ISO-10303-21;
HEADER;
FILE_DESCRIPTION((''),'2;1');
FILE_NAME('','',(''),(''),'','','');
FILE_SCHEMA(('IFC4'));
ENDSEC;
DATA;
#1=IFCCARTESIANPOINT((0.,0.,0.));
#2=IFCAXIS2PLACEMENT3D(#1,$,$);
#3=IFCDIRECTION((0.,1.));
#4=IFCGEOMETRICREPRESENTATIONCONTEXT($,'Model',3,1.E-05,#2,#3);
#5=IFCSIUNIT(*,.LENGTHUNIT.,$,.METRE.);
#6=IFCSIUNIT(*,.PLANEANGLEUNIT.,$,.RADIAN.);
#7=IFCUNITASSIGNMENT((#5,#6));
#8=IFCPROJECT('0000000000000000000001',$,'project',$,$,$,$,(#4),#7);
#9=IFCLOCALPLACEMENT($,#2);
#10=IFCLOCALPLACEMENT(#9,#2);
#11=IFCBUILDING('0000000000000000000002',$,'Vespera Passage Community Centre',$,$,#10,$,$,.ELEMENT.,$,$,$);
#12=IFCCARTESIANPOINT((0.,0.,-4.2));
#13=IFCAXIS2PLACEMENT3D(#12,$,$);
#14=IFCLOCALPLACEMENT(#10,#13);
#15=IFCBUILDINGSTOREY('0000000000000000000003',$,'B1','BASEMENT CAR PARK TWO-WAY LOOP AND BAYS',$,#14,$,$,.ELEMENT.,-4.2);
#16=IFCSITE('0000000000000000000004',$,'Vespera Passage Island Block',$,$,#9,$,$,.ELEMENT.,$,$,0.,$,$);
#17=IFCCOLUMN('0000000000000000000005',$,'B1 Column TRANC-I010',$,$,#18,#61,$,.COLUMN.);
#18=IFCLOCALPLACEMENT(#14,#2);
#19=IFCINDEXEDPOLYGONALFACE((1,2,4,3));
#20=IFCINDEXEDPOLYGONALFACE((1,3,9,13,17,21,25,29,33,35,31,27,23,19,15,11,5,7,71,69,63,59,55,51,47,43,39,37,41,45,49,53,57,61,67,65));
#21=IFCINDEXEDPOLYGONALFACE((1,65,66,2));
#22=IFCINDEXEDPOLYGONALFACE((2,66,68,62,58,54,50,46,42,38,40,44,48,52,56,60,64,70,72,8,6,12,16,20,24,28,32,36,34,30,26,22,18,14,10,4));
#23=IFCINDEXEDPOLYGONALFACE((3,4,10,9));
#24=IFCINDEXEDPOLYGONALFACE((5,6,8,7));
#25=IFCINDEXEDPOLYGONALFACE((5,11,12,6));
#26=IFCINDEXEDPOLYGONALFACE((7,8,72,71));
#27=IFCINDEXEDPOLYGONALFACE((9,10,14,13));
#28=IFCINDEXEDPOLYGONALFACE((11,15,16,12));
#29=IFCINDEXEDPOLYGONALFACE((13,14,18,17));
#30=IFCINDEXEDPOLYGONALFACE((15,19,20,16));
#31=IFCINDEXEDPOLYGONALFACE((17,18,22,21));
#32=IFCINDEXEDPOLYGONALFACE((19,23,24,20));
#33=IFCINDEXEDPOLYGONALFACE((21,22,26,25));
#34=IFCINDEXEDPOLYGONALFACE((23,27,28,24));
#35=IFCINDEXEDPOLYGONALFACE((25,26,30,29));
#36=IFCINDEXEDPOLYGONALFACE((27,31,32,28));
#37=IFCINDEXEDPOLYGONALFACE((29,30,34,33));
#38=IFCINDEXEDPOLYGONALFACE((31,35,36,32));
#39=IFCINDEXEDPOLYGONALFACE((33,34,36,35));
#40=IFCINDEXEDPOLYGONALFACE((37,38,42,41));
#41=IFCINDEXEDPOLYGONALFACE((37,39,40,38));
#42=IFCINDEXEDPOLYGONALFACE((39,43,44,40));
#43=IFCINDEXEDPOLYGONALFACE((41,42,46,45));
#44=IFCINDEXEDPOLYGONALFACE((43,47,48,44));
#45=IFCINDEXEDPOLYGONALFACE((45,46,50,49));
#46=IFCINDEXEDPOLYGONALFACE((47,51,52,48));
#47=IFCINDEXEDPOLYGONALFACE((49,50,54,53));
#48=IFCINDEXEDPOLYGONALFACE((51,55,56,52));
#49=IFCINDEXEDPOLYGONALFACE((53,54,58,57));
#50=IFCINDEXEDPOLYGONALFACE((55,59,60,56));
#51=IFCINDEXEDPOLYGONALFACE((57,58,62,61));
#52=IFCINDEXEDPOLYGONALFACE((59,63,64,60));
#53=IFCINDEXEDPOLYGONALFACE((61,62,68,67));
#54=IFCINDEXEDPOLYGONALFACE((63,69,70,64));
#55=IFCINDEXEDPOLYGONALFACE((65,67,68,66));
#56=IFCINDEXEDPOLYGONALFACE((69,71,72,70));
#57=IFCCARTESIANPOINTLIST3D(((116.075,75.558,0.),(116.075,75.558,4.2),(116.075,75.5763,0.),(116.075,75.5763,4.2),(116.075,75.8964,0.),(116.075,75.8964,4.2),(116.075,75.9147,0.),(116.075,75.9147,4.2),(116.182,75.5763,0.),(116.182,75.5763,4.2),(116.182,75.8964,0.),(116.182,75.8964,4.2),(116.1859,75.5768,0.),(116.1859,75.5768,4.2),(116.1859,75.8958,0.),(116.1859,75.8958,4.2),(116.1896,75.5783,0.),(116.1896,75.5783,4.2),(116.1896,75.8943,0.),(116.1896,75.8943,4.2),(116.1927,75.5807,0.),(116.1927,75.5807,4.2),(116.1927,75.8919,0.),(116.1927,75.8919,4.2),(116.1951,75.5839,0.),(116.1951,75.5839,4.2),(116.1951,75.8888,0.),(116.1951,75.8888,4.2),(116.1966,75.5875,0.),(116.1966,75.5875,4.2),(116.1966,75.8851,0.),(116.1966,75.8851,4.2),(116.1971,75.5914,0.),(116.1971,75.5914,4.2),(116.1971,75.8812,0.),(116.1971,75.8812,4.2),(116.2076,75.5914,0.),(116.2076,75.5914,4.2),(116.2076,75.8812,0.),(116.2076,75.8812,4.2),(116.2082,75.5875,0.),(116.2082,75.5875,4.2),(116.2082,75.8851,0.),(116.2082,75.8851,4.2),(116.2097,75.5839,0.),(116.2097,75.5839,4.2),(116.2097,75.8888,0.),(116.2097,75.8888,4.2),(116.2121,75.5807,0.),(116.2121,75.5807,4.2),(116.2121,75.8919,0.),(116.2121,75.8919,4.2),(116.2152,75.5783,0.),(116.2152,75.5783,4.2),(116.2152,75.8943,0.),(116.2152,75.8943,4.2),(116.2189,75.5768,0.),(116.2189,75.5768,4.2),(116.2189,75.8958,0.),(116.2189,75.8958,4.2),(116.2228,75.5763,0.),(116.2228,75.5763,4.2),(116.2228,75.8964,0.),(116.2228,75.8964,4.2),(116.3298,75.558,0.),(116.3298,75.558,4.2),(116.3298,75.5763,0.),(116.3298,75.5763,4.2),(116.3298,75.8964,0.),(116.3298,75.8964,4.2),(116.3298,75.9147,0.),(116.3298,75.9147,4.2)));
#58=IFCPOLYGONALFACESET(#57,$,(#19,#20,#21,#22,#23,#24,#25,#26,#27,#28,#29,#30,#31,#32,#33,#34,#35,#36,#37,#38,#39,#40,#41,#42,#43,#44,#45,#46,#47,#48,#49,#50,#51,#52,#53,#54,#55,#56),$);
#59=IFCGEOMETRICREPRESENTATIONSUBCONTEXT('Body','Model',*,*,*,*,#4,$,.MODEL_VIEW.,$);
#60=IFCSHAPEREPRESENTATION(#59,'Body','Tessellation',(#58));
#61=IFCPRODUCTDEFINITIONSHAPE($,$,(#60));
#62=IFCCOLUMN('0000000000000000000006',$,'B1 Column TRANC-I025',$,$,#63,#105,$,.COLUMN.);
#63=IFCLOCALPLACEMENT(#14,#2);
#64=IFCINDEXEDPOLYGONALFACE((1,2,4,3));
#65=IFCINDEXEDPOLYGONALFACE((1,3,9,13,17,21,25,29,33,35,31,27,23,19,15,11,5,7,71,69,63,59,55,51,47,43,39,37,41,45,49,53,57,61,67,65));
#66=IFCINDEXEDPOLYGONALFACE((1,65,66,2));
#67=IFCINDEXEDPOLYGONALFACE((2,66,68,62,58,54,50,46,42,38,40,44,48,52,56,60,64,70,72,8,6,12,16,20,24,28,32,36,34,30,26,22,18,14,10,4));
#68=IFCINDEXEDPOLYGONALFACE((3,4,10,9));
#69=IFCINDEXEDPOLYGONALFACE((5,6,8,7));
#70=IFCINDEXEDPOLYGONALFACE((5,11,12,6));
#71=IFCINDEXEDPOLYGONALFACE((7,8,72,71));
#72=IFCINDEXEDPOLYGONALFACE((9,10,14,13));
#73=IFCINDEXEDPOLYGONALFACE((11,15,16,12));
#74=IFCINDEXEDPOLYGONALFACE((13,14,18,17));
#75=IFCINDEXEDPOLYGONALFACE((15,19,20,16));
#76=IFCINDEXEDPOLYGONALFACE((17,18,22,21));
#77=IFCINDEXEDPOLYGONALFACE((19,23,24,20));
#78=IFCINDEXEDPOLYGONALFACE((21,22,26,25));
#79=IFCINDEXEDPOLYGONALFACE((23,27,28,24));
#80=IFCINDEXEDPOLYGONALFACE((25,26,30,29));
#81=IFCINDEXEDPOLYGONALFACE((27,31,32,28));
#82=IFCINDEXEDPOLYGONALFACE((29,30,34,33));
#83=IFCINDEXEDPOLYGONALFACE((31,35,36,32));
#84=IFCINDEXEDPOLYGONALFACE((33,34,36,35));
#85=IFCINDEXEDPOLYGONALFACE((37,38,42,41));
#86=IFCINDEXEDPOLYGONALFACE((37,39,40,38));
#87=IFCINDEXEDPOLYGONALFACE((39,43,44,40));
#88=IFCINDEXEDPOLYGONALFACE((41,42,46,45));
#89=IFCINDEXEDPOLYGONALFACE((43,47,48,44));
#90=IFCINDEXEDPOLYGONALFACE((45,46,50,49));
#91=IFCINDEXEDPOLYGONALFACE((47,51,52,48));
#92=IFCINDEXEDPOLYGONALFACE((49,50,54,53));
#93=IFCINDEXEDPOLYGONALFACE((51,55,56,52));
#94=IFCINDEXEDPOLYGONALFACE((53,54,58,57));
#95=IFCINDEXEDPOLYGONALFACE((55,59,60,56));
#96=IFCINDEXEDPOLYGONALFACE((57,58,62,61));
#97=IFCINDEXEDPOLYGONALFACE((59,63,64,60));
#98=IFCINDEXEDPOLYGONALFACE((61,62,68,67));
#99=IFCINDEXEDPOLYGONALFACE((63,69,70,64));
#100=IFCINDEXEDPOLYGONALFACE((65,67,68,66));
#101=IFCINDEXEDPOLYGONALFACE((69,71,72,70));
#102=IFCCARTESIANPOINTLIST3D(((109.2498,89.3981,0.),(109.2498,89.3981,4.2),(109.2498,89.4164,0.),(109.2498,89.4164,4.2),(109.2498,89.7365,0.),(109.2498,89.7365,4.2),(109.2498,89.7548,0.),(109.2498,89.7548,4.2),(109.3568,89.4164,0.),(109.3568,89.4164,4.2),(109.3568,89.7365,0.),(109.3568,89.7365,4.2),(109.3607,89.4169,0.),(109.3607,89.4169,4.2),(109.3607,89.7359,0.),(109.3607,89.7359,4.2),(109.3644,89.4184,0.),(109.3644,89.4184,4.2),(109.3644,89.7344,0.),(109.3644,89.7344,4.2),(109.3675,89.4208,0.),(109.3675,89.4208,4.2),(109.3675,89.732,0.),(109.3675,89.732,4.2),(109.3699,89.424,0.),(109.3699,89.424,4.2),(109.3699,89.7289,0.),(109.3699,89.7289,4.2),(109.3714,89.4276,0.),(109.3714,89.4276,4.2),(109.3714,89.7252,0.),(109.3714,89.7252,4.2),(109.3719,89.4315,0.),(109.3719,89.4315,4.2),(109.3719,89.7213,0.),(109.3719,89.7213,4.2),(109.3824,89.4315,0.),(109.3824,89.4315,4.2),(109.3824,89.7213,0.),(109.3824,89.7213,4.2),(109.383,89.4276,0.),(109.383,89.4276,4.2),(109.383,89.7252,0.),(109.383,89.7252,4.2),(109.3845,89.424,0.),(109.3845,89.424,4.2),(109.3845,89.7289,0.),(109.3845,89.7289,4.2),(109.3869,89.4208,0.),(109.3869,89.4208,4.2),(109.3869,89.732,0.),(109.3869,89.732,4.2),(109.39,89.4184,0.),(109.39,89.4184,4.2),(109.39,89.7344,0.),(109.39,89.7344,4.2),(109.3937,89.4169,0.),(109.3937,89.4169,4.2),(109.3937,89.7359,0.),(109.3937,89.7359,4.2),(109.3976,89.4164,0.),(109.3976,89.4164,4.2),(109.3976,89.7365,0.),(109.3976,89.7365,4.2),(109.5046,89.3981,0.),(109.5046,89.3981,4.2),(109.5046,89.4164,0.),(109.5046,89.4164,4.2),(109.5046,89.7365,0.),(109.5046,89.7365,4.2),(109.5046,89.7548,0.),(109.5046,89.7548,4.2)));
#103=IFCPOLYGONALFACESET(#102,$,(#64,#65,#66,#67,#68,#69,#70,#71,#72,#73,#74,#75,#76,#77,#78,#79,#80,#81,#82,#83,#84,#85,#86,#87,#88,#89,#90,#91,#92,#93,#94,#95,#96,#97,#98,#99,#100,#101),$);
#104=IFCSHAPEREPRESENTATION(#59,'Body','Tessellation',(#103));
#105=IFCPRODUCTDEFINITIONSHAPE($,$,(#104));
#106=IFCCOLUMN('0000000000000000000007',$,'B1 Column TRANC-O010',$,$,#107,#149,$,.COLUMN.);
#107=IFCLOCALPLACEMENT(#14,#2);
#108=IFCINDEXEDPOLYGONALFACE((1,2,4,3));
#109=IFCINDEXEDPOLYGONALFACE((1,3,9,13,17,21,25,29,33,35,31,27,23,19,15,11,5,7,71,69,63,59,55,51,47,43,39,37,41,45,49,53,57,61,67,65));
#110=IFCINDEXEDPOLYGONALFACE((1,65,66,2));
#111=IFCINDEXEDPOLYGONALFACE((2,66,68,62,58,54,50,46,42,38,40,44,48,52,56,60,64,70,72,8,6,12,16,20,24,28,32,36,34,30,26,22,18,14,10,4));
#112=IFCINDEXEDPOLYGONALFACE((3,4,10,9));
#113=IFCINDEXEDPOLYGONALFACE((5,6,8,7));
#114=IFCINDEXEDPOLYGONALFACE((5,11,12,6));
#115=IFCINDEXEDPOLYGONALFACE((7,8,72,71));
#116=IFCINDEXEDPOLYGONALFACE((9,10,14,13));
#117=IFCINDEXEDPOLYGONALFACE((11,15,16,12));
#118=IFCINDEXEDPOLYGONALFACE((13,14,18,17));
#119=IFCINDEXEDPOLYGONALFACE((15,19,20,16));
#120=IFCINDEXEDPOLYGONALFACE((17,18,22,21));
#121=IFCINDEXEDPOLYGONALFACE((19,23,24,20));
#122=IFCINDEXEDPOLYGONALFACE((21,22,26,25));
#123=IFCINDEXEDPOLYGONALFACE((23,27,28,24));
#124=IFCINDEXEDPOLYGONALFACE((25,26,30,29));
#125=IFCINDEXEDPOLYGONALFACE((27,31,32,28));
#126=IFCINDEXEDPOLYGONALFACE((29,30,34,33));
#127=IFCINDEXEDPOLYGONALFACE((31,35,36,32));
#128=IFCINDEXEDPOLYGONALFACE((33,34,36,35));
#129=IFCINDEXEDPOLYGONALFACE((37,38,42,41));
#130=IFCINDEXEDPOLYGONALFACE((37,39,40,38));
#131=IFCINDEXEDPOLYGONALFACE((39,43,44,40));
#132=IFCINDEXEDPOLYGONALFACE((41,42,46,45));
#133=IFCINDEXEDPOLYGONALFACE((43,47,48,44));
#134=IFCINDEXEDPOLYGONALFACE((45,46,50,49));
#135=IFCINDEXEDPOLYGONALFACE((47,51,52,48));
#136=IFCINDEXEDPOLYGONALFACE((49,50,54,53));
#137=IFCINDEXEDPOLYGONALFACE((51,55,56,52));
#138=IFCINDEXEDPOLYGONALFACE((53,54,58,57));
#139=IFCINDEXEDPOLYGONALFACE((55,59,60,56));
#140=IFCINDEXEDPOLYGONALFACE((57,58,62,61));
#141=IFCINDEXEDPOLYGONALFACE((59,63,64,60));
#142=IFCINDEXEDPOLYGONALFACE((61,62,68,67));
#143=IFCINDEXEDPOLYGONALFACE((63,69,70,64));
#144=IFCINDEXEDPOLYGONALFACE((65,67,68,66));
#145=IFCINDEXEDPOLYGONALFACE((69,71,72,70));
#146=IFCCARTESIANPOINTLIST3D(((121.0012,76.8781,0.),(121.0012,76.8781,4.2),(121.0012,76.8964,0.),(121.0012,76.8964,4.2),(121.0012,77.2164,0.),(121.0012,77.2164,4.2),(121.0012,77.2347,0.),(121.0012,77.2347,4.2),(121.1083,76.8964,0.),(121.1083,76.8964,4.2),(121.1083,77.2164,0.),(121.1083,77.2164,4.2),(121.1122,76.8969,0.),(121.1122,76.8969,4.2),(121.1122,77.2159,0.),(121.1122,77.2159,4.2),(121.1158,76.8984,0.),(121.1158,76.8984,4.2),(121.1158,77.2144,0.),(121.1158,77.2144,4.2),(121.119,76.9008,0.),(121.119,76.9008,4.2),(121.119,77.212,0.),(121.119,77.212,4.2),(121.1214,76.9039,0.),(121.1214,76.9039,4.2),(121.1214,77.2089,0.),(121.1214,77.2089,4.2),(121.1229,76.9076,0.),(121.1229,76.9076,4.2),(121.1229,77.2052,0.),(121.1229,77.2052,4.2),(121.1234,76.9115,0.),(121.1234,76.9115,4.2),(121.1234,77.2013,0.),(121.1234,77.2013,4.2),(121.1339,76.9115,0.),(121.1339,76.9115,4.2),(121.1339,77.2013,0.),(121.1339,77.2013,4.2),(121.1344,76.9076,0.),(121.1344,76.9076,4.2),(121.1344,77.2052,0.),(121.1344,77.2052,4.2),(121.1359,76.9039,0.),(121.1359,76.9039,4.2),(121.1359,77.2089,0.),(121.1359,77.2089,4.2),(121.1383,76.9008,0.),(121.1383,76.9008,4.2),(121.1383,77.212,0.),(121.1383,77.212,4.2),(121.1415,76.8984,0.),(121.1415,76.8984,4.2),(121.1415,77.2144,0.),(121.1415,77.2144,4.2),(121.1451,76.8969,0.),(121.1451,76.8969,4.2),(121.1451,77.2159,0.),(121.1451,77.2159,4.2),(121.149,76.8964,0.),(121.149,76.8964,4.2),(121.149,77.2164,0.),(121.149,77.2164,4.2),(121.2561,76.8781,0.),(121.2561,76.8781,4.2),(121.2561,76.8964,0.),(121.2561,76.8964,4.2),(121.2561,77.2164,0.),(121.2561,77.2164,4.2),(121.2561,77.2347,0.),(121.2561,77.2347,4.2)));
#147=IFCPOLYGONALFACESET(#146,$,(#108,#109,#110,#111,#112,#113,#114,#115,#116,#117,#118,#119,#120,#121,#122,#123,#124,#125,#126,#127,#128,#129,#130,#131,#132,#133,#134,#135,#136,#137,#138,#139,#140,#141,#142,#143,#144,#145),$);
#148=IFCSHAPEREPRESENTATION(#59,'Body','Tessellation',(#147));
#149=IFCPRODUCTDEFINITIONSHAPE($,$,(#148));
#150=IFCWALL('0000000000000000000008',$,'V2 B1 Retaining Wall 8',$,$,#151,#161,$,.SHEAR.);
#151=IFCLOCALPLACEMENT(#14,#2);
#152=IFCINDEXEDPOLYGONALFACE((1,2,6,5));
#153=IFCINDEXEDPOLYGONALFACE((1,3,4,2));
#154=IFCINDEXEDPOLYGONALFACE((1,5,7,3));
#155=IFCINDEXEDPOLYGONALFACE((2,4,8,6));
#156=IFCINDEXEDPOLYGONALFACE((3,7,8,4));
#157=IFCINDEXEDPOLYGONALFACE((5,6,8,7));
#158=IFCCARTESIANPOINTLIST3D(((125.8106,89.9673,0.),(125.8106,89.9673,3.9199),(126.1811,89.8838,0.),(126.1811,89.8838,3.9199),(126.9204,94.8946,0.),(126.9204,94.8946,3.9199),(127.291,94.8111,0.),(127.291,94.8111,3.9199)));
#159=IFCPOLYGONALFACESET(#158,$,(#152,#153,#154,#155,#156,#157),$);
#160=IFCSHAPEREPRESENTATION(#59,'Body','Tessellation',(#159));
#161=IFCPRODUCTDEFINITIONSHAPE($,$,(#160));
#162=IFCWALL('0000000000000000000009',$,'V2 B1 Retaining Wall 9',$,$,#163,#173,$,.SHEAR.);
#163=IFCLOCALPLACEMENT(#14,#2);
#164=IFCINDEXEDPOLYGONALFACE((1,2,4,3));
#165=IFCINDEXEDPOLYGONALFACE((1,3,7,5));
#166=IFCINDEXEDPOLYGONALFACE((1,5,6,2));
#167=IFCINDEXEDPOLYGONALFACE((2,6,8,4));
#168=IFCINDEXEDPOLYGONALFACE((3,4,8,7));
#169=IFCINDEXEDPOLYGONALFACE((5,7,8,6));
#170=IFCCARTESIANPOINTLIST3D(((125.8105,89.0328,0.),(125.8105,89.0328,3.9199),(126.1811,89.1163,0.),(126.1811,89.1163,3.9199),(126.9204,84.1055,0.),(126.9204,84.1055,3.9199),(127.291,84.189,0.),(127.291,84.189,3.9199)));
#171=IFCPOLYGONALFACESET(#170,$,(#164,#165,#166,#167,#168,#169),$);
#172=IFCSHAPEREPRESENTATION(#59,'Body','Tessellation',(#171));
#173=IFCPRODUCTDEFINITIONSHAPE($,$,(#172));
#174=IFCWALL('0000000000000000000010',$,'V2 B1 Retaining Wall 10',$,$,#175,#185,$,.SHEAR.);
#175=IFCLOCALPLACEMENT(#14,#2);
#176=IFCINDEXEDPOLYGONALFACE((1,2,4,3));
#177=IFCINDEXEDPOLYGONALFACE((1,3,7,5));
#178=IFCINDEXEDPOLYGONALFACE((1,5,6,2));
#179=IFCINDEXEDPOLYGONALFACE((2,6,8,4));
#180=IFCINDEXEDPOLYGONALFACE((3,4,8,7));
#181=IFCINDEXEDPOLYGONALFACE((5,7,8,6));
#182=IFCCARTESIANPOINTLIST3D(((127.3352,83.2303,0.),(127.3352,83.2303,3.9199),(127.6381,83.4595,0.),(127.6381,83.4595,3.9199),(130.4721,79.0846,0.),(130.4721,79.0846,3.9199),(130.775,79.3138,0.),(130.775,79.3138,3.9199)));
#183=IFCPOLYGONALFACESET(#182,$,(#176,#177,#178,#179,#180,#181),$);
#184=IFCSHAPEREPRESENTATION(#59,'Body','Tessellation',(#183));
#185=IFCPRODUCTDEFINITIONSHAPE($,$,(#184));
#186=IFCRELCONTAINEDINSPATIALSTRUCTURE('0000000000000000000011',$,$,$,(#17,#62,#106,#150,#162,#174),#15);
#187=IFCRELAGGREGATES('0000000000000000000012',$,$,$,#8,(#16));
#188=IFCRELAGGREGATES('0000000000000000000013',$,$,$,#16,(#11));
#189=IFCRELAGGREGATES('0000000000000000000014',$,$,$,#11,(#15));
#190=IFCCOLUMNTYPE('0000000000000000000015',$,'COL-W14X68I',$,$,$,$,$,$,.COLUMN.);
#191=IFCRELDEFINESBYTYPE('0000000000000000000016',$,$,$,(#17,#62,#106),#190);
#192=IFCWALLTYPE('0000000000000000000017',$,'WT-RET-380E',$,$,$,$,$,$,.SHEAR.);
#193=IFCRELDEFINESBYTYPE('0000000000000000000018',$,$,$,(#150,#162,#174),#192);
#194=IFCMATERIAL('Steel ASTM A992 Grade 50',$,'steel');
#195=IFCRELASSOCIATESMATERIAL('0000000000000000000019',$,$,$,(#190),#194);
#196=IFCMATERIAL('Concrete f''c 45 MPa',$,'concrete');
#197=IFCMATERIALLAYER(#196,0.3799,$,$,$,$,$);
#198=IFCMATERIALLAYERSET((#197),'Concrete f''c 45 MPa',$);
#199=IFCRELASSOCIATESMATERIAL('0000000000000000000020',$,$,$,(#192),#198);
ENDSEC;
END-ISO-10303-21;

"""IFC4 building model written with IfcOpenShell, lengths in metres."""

from ifc_helpers import new_model, si_unit, direction, frame, frame_2d, origin, origin_2d, place, context, subcontext, project, spatial, rectangle, i_section, extrude, material, layer, layer_set, material_profile, profile_set, type_object, element, save


model = new_model("IFC4")

# Units and contexts
model_context = context("Model", 3, precision=1e-05, world=origin(), true_north=direction((0.0, 1.0)))
body_context = subcontext(model_context, "Body", "Model", "MODEL_VIEW")
ifc_project = project(units=[si_unit("LENGTHUNIT", "METRE"), si_unit("PLANEANGLEUNIT", "RADIAN")], contexts=[model_context])

# Site, building, storey
site_placement = place(None, origin())
site = spatial("IfcSite", under=ifc_project, at=site_placement, Name="Vespera Passage Island Block", CompositionType="ELEMENT", RefElevation=0.0)
building_placement = place(site_placement, origin())
building = spatial("IfcBuilding", under=site, at=building_placement, Name="Vespera Passage Community Centre", CompositionType="ELEMENT")
storey_placement = place(building_placement, frame((0.0, 0.0, -4.2)))
storey = spatial("IfcBuildingStorey", under=building, at=storey_placement, Name="B1", Description="BASEMENT CAR PARK TWO-WAY LOOP AND BAYS", CompositionType="ELEMENT", Elevation=-4.2)

# Columns
ifc_material_1 = material(Name="Steel ASTM A992 Grade 50", Category="steel")
ifc_material_profile_1 = material_profile(ifc_material_1, i_section(OverallWidth=0.2549, OverallDepth=0.3567, WebThickness=0.0105, FlangeThickness=0.0183, FilletRadius=0.0151, at=origin_2d()), Name="W14X68")
ifc_profile_set_1 = profile_set([ifc_material_profile_1], Name="Steel ASTM A992 Grade 50")
column_type_1 = type_object("IfcColumnType", Name="COL-W14X68I", PredefinedType="COLUMN", material=ifc_profile_set_1)
for number, where, z_axis, x_axis, name in (
    (1, (116.2024, 75.7363, 0.0), (0.0, 0.0, 1.0), (1.0, 0.0, 0.0), "B1 Column TRANC-I010"),
    (2, (109.3772, 89.5764, 0.0), (0.0, 0.0, 1.0), (1.0, 0.0, 0.0), "B1 Column TRANC-I025"),
    (3, (121.1287, 77.0564, 0.0), (0.0, 0.0, 1.0), (1.0, 0.0, 0.0), "B1 Column TRANC-O010"),
):
    element("IfcColumn", number, at=place(storey_placement, frame(where, z_axis=z_axis, x_axis=x_axis)), inside=storey, type_object=column_type_1, Name=name, PredefinedType="COLUMN", context=body_context, shape_type="SweptSolid", body=[
        extrude(i_section(OverallWidth=0.2549, OverallDepth=0.3567, WebThickness=0.0105, FlangeThickness=0.0183, FilletRadius=0.0151, at=origin_2d()), origin(), (0.0, 0.0, 1.0), 4.2),
    ])

# Walls
ifc_material_2 = material(Name="Concrete f'c 45 MPa", Category="concrete")
ifc_layer = layer(ifc_material_2, 0.3799)
ifc_layer_set = layer_set([ifc_layer], Name="Concrete f'c 45 MPa")
wall_type = type_object("IfcWallType", Name="WT-RET-380E", PredefinedType="SHEAR", material=ifc_layer_set)
for number, where, z_axis, x_axis, name in (
    (4, (125.9958, 89.9255, 0.0), (0.0, 0.0, 1.0), (0.219745, 0.975557, 0.0), "V2 B1 Retaining Wall 8"),
    (5, (127.1057, 84.1472, 0.0), (0.0, 0.0, 1.0), (-0.219745, 0.975557, 0.0), "V2 B1 Retaining Wall 9"),
):
    element("IfcWall", number, at=place(storey_placement, frame(where, z_axis=z_axis, x_axis=x_axis)), inside=storey, type_object=wall_type, Name=name, PredefinedType="SHEAR", context=body_context, shape_type="SweptSolid", body=[
        extrude(rectangle(XDim=5.0508, YDim=0.3799, at=frame_2d((2.5254, 0.0))), origin(), (0.0, 0.0, 1.0), 3.9199),
    ])
wall_placement = place(storey_placement, frame((130.6235, 79.1992, 0.0), z_axis=(0.0, 0.0, 1.0), x_axis=(-0.603398, 0.79744, 0.0)))
element("IfcWall", 6, at=wall_placement, inside=storey, type_object=wall_type, Name="V2 B1 Retaining Wall 10", PredefinedType="SHEAR", context=body_context, shape_type="SweptSolid", body=[
    extrude(rectangle(XDim=5.1987, YDim=0.3799, at=frame_2d((2.5994, 0.0))), origin(), (0.0, 0.0, 1.0), 3.9199),
])

save(model, "model.ifc")
